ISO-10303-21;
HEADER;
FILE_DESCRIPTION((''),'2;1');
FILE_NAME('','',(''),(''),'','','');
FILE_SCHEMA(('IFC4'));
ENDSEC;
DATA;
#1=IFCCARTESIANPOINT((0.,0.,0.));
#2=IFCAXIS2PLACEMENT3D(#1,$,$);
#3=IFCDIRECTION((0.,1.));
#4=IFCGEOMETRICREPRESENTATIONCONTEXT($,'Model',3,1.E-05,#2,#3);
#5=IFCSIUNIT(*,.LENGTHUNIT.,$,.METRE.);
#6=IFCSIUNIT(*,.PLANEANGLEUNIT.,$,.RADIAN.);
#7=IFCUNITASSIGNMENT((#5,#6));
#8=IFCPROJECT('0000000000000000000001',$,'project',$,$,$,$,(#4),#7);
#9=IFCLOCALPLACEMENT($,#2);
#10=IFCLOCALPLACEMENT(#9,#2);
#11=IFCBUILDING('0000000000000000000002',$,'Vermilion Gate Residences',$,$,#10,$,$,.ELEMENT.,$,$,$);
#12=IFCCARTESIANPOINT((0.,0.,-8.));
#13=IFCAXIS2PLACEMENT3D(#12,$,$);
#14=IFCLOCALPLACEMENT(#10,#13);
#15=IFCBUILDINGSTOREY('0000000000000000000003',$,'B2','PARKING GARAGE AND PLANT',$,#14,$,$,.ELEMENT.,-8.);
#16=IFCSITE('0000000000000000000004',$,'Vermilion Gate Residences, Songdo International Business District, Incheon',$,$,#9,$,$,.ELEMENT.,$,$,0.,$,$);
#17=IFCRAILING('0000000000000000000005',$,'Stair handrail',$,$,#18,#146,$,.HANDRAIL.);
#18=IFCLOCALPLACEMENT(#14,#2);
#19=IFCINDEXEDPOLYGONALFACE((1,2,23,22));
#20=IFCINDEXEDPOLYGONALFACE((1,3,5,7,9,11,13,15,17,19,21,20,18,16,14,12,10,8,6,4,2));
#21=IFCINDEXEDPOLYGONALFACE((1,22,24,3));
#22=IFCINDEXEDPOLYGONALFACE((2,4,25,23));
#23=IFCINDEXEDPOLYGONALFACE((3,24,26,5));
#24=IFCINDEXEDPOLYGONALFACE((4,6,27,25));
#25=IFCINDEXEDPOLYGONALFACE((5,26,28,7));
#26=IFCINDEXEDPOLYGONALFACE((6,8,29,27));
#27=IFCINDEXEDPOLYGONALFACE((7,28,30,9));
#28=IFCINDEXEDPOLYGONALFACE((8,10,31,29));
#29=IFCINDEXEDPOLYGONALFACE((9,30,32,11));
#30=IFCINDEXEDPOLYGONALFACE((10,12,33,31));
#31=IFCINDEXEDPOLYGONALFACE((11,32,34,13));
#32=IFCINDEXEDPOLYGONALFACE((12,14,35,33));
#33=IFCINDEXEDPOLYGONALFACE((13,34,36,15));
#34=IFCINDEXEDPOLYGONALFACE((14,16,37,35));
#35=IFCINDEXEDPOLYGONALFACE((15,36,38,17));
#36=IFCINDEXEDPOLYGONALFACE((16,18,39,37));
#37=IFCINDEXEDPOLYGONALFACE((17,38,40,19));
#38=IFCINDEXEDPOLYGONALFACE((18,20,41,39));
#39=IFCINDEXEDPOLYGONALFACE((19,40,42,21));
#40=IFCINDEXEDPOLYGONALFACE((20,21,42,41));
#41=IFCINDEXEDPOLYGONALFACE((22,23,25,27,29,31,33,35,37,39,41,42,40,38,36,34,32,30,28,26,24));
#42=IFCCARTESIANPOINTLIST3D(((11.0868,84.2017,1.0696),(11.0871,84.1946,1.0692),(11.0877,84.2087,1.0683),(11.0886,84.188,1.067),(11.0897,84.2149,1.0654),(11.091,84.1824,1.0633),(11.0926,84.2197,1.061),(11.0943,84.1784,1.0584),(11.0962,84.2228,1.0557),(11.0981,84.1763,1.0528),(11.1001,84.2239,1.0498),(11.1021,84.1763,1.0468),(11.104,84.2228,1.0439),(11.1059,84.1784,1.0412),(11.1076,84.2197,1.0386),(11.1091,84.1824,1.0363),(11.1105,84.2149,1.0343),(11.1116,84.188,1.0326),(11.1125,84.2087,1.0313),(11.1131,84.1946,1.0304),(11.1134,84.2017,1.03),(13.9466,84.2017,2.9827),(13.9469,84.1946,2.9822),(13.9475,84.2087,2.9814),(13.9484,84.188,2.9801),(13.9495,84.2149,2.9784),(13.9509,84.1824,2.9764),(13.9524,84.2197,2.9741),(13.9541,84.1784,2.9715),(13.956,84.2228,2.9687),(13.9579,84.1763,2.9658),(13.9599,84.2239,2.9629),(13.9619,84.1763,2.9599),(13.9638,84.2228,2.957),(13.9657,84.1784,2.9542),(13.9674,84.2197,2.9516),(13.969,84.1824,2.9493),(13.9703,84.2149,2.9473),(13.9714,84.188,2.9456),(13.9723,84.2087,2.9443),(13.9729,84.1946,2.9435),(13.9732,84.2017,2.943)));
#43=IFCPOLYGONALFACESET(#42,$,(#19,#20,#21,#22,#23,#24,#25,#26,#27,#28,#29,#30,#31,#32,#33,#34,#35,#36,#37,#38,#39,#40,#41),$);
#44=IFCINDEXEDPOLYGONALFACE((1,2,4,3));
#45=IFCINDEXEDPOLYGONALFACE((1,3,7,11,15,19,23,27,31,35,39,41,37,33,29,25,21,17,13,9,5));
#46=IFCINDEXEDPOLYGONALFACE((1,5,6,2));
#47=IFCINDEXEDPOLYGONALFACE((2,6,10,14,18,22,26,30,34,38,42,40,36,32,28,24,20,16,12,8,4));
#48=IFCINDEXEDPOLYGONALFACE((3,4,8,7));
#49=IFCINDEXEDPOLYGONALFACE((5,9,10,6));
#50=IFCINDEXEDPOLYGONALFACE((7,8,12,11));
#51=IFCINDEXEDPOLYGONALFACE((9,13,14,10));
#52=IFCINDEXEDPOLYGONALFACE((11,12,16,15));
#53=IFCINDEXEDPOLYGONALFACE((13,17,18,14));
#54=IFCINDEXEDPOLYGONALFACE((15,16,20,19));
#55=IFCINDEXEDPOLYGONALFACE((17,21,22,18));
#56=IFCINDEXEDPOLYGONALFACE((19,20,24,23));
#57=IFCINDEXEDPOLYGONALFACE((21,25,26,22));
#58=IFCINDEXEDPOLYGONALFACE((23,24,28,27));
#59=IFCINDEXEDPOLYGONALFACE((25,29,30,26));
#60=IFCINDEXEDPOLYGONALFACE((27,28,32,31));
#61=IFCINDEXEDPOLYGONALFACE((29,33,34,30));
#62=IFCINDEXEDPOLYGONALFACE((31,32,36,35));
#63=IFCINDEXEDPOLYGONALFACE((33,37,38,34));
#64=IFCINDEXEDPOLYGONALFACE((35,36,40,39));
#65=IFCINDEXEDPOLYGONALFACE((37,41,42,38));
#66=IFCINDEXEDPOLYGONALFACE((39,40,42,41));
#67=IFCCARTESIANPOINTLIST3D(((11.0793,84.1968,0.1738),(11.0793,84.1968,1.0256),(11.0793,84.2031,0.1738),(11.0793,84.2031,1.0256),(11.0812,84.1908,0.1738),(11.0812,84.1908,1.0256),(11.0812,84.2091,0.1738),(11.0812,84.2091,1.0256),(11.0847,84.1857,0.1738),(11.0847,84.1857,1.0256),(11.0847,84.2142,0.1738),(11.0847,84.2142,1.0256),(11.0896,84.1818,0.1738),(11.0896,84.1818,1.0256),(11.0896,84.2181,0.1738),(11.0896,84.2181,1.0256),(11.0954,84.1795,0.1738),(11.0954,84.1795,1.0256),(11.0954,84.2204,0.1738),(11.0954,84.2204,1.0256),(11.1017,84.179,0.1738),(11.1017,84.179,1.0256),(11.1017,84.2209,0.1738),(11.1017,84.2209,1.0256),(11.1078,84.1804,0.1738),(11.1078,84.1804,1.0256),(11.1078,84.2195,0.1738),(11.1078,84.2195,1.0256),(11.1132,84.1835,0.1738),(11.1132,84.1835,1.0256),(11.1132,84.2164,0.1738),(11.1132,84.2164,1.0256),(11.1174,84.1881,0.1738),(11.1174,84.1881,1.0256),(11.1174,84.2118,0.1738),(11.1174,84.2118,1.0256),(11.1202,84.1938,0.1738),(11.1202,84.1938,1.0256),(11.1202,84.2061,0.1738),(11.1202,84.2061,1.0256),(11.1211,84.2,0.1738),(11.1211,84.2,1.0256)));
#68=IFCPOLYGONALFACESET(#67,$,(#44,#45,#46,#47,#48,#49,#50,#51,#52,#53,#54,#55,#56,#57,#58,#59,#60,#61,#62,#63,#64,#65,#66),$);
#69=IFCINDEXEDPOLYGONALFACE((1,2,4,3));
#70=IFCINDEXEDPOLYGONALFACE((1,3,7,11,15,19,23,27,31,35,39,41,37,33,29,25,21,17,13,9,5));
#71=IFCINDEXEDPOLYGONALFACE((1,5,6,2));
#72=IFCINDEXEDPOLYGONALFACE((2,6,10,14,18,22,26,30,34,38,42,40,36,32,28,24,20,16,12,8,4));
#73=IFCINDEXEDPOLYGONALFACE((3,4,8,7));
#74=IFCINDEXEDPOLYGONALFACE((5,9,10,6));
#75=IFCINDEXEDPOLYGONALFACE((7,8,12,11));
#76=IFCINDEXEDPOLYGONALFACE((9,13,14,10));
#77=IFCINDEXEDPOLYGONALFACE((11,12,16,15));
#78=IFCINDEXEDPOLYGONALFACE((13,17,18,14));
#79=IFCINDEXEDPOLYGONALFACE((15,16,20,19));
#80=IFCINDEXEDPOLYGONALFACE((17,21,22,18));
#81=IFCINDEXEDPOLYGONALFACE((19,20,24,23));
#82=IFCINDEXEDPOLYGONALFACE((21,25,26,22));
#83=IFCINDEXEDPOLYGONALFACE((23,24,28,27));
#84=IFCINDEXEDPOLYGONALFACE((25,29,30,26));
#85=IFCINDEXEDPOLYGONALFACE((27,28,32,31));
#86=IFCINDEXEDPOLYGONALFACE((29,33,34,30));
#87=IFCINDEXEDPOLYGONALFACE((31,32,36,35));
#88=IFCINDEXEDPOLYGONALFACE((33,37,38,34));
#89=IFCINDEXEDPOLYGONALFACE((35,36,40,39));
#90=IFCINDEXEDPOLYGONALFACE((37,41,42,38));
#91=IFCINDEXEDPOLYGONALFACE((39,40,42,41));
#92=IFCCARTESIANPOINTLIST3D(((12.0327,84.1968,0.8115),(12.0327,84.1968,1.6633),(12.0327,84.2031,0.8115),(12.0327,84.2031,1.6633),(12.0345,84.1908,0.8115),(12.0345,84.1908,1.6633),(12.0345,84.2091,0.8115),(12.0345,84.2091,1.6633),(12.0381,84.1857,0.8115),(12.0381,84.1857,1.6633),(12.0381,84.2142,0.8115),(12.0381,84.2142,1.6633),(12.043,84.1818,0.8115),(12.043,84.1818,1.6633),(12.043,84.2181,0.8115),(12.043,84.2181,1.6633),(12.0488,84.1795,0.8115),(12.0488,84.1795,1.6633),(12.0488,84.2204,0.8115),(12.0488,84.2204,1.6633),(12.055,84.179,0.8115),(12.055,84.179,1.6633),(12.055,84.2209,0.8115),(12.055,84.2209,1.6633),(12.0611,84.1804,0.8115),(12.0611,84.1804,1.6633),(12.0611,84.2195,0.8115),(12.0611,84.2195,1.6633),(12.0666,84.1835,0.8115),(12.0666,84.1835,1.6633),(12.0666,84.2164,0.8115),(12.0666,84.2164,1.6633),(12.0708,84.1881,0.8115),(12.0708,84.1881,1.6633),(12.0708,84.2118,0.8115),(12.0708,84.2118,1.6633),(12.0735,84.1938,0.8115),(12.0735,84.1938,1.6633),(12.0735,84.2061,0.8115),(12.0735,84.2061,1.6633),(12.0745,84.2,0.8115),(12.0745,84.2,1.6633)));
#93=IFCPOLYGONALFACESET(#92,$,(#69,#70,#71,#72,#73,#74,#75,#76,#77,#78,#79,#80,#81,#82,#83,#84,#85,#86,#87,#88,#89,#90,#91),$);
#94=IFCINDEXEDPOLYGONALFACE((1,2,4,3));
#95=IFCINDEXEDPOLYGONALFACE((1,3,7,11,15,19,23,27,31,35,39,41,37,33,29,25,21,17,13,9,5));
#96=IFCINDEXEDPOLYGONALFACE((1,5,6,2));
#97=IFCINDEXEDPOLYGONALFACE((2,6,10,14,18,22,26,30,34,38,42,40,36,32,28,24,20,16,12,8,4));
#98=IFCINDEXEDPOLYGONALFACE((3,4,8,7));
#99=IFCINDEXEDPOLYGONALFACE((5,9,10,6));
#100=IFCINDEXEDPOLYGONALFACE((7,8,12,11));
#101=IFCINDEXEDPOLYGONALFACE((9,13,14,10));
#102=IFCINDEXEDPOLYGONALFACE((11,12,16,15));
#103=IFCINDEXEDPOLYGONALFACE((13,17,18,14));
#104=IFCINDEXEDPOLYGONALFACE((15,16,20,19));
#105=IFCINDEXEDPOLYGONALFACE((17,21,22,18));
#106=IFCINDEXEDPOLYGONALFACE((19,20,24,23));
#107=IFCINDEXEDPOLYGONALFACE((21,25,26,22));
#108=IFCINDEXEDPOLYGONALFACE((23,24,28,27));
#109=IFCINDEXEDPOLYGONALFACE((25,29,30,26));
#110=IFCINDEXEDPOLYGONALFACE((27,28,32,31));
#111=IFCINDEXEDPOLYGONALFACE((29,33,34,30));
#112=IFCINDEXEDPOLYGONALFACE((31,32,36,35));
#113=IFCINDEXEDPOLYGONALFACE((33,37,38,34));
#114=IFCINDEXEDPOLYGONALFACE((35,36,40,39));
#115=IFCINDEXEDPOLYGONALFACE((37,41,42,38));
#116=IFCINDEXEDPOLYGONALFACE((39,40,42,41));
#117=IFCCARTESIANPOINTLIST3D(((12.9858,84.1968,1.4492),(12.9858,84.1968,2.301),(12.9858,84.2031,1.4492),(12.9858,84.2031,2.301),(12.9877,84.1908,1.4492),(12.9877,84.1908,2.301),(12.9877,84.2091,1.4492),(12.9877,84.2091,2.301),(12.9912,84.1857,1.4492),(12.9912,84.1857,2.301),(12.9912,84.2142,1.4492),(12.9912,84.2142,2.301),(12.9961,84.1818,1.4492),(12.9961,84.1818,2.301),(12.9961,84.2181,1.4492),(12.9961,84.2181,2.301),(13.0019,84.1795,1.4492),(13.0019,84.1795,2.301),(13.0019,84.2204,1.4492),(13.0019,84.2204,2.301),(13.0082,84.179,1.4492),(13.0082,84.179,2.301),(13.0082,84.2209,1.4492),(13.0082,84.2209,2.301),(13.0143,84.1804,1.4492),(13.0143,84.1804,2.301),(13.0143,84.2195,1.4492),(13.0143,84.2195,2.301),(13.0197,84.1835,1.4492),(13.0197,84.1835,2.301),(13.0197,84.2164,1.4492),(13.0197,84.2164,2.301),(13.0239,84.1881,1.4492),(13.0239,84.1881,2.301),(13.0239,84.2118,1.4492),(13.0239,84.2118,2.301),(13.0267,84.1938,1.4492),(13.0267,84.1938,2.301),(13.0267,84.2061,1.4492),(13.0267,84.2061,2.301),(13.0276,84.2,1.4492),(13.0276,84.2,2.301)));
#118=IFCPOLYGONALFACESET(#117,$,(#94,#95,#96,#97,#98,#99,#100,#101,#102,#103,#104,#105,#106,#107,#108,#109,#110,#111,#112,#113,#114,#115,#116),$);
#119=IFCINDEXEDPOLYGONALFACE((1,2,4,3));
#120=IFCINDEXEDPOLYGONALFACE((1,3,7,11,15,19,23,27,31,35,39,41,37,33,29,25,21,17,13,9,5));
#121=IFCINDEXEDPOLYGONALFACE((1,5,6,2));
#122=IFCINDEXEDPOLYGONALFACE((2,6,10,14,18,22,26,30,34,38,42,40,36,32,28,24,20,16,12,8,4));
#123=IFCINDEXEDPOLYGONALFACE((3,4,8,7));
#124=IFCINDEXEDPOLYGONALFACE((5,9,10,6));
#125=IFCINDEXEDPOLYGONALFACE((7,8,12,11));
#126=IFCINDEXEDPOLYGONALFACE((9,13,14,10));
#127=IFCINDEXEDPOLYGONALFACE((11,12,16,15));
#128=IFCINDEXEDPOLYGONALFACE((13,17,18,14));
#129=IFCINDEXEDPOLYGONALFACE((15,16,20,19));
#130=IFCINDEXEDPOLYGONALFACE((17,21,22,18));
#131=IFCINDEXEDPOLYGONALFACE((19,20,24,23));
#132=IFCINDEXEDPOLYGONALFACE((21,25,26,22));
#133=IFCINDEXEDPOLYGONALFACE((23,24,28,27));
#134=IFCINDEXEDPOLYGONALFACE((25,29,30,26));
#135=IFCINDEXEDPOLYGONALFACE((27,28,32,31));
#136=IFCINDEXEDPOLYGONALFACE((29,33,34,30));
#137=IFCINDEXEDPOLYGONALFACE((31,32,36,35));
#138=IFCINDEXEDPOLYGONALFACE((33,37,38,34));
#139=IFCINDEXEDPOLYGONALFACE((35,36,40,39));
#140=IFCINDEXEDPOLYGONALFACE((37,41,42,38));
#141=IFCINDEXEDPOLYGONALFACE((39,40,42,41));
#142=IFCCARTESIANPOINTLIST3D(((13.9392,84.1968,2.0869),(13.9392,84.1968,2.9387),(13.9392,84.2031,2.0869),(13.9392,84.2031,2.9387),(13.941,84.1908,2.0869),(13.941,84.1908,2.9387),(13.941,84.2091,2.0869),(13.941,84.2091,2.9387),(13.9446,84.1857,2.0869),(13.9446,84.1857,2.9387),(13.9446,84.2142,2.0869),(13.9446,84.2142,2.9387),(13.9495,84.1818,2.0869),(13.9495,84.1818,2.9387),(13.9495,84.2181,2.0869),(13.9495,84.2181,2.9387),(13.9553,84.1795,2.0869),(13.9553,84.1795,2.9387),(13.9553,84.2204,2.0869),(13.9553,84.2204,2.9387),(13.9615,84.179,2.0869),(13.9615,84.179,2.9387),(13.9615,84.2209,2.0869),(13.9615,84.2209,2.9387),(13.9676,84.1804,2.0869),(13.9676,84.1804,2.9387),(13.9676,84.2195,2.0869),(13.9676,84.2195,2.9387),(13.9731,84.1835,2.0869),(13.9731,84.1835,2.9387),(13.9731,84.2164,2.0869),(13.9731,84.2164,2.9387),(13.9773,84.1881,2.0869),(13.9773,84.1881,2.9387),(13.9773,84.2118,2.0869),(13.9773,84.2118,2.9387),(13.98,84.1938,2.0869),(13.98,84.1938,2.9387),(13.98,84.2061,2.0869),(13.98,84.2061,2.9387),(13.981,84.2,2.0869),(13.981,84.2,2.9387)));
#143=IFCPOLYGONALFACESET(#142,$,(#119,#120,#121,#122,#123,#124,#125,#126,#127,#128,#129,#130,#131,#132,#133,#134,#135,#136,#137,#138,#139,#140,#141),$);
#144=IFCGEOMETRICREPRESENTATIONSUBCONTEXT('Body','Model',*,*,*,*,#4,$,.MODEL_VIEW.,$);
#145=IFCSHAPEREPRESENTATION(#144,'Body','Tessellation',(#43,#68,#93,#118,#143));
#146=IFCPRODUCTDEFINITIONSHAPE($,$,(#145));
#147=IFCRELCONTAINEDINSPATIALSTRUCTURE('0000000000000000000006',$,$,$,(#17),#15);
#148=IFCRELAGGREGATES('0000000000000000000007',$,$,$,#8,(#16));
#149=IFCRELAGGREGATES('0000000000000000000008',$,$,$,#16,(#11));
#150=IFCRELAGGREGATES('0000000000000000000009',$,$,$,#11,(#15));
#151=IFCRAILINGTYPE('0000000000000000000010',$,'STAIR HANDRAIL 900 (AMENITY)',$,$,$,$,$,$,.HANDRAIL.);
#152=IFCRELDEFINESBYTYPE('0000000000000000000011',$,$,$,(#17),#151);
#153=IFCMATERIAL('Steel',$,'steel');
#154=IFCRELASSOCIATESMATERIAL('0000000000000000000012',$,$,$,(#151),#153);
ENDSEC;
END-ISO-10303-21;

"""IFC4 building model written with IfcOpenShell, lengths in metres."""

from ifc_helpers import new_model, si_unit, direction, frame, origin, origin_2d, place, context, subcontext, project, spatial, circle, extrude, material, type_object, element, save


model = new_model("IFC4")

# Units and contexts
model_context = context("Model", 3, precision=1e-05, world=origin(), true_north=direction((0.0, 1.0)))
body_context = subcontext(model_context, "Body", "Model", "MODEL_VIEW")
ifc_project = project(units=[si_unit("LENGTHUNIT", "METRE"), si_unit("PLANEANGLEUNIT", "RADIAN")], contexts=[model_context])

# Site, building, storey
site_placement = place(None, origin())
site = spatial("IfcSite", under=ifc_project, at=site_placement, Name="Vermilion Gate Residences, Songdo International Business District, Incheon", CompositionType="ELEMENT", RefElevation=0.0)
building_placement = place(site_placement, origin())
building = spatial("IfcBuilding", under=site, at=building_placement, Name="Vermilion Gate Residences", CompositionType="ELEMENT")
storey_placement = place(building_placement, frame((0.0, 0.0, -8.0)))
storey = spatial("IfcBuildingStorey", under=building, at=storey_placement, Name="B2", Description="PARKING GARAGE AND PLANT", CompositionType="ELEMENT", Elevation=-8.0)

# Railing
ifc_material_1 = material(Name="Steel", Category="steel")
railing_type = type_object("IfcRailingType", Name="STAIR HANDRAIL 900 (AMENITY)", PredefinedType="HANDRAIL", material=ifc_material_1)
railing_1_placement = place(storey_placement, frame((11.1001, 84.2, 0.1738)))
element("IfcRailing", 1, at=railing_1_placement, inside=storey, type_object=railing_type, Name="Stair handrail", PredefinedType="HANDRAIL", context=body_context, shape_type="SweptSolid", body=[
    extrude(circle(Radius=0.0239, at=origin_2d()), frame((0.0, 0.0, 0.876), z_axis=(0.831176, 0.0, 0.556009), x_axis=(0.0, 1.0, 0.0)), (0.0, 0.0, 1.0), 3.4407),
    extrude(circle(Radius=0.021, at=origin_2d()), origin(), (0.0, 0.0, 1.0), 0.8518),
    extrude(circle(Radius=0.021, at=origin_2d()), frame((0.9534, 0.0, 0.6377)), (0.0, 0.0, 1.0), 0.8518),
    extrude(circle(Radius=0.021, at=origin_2d()), frame((1.9065, 0.0, 1.2754)), (0.0, 0.0, 1.0), 0.8518),
    extrude(circle(Radius=0.021, at=origin_2d()), frame((2.8599, 0.0, 1.9131)), (0.0, 0.0, 1.0), 0.8518),
])

save(model, "model.ifc")
